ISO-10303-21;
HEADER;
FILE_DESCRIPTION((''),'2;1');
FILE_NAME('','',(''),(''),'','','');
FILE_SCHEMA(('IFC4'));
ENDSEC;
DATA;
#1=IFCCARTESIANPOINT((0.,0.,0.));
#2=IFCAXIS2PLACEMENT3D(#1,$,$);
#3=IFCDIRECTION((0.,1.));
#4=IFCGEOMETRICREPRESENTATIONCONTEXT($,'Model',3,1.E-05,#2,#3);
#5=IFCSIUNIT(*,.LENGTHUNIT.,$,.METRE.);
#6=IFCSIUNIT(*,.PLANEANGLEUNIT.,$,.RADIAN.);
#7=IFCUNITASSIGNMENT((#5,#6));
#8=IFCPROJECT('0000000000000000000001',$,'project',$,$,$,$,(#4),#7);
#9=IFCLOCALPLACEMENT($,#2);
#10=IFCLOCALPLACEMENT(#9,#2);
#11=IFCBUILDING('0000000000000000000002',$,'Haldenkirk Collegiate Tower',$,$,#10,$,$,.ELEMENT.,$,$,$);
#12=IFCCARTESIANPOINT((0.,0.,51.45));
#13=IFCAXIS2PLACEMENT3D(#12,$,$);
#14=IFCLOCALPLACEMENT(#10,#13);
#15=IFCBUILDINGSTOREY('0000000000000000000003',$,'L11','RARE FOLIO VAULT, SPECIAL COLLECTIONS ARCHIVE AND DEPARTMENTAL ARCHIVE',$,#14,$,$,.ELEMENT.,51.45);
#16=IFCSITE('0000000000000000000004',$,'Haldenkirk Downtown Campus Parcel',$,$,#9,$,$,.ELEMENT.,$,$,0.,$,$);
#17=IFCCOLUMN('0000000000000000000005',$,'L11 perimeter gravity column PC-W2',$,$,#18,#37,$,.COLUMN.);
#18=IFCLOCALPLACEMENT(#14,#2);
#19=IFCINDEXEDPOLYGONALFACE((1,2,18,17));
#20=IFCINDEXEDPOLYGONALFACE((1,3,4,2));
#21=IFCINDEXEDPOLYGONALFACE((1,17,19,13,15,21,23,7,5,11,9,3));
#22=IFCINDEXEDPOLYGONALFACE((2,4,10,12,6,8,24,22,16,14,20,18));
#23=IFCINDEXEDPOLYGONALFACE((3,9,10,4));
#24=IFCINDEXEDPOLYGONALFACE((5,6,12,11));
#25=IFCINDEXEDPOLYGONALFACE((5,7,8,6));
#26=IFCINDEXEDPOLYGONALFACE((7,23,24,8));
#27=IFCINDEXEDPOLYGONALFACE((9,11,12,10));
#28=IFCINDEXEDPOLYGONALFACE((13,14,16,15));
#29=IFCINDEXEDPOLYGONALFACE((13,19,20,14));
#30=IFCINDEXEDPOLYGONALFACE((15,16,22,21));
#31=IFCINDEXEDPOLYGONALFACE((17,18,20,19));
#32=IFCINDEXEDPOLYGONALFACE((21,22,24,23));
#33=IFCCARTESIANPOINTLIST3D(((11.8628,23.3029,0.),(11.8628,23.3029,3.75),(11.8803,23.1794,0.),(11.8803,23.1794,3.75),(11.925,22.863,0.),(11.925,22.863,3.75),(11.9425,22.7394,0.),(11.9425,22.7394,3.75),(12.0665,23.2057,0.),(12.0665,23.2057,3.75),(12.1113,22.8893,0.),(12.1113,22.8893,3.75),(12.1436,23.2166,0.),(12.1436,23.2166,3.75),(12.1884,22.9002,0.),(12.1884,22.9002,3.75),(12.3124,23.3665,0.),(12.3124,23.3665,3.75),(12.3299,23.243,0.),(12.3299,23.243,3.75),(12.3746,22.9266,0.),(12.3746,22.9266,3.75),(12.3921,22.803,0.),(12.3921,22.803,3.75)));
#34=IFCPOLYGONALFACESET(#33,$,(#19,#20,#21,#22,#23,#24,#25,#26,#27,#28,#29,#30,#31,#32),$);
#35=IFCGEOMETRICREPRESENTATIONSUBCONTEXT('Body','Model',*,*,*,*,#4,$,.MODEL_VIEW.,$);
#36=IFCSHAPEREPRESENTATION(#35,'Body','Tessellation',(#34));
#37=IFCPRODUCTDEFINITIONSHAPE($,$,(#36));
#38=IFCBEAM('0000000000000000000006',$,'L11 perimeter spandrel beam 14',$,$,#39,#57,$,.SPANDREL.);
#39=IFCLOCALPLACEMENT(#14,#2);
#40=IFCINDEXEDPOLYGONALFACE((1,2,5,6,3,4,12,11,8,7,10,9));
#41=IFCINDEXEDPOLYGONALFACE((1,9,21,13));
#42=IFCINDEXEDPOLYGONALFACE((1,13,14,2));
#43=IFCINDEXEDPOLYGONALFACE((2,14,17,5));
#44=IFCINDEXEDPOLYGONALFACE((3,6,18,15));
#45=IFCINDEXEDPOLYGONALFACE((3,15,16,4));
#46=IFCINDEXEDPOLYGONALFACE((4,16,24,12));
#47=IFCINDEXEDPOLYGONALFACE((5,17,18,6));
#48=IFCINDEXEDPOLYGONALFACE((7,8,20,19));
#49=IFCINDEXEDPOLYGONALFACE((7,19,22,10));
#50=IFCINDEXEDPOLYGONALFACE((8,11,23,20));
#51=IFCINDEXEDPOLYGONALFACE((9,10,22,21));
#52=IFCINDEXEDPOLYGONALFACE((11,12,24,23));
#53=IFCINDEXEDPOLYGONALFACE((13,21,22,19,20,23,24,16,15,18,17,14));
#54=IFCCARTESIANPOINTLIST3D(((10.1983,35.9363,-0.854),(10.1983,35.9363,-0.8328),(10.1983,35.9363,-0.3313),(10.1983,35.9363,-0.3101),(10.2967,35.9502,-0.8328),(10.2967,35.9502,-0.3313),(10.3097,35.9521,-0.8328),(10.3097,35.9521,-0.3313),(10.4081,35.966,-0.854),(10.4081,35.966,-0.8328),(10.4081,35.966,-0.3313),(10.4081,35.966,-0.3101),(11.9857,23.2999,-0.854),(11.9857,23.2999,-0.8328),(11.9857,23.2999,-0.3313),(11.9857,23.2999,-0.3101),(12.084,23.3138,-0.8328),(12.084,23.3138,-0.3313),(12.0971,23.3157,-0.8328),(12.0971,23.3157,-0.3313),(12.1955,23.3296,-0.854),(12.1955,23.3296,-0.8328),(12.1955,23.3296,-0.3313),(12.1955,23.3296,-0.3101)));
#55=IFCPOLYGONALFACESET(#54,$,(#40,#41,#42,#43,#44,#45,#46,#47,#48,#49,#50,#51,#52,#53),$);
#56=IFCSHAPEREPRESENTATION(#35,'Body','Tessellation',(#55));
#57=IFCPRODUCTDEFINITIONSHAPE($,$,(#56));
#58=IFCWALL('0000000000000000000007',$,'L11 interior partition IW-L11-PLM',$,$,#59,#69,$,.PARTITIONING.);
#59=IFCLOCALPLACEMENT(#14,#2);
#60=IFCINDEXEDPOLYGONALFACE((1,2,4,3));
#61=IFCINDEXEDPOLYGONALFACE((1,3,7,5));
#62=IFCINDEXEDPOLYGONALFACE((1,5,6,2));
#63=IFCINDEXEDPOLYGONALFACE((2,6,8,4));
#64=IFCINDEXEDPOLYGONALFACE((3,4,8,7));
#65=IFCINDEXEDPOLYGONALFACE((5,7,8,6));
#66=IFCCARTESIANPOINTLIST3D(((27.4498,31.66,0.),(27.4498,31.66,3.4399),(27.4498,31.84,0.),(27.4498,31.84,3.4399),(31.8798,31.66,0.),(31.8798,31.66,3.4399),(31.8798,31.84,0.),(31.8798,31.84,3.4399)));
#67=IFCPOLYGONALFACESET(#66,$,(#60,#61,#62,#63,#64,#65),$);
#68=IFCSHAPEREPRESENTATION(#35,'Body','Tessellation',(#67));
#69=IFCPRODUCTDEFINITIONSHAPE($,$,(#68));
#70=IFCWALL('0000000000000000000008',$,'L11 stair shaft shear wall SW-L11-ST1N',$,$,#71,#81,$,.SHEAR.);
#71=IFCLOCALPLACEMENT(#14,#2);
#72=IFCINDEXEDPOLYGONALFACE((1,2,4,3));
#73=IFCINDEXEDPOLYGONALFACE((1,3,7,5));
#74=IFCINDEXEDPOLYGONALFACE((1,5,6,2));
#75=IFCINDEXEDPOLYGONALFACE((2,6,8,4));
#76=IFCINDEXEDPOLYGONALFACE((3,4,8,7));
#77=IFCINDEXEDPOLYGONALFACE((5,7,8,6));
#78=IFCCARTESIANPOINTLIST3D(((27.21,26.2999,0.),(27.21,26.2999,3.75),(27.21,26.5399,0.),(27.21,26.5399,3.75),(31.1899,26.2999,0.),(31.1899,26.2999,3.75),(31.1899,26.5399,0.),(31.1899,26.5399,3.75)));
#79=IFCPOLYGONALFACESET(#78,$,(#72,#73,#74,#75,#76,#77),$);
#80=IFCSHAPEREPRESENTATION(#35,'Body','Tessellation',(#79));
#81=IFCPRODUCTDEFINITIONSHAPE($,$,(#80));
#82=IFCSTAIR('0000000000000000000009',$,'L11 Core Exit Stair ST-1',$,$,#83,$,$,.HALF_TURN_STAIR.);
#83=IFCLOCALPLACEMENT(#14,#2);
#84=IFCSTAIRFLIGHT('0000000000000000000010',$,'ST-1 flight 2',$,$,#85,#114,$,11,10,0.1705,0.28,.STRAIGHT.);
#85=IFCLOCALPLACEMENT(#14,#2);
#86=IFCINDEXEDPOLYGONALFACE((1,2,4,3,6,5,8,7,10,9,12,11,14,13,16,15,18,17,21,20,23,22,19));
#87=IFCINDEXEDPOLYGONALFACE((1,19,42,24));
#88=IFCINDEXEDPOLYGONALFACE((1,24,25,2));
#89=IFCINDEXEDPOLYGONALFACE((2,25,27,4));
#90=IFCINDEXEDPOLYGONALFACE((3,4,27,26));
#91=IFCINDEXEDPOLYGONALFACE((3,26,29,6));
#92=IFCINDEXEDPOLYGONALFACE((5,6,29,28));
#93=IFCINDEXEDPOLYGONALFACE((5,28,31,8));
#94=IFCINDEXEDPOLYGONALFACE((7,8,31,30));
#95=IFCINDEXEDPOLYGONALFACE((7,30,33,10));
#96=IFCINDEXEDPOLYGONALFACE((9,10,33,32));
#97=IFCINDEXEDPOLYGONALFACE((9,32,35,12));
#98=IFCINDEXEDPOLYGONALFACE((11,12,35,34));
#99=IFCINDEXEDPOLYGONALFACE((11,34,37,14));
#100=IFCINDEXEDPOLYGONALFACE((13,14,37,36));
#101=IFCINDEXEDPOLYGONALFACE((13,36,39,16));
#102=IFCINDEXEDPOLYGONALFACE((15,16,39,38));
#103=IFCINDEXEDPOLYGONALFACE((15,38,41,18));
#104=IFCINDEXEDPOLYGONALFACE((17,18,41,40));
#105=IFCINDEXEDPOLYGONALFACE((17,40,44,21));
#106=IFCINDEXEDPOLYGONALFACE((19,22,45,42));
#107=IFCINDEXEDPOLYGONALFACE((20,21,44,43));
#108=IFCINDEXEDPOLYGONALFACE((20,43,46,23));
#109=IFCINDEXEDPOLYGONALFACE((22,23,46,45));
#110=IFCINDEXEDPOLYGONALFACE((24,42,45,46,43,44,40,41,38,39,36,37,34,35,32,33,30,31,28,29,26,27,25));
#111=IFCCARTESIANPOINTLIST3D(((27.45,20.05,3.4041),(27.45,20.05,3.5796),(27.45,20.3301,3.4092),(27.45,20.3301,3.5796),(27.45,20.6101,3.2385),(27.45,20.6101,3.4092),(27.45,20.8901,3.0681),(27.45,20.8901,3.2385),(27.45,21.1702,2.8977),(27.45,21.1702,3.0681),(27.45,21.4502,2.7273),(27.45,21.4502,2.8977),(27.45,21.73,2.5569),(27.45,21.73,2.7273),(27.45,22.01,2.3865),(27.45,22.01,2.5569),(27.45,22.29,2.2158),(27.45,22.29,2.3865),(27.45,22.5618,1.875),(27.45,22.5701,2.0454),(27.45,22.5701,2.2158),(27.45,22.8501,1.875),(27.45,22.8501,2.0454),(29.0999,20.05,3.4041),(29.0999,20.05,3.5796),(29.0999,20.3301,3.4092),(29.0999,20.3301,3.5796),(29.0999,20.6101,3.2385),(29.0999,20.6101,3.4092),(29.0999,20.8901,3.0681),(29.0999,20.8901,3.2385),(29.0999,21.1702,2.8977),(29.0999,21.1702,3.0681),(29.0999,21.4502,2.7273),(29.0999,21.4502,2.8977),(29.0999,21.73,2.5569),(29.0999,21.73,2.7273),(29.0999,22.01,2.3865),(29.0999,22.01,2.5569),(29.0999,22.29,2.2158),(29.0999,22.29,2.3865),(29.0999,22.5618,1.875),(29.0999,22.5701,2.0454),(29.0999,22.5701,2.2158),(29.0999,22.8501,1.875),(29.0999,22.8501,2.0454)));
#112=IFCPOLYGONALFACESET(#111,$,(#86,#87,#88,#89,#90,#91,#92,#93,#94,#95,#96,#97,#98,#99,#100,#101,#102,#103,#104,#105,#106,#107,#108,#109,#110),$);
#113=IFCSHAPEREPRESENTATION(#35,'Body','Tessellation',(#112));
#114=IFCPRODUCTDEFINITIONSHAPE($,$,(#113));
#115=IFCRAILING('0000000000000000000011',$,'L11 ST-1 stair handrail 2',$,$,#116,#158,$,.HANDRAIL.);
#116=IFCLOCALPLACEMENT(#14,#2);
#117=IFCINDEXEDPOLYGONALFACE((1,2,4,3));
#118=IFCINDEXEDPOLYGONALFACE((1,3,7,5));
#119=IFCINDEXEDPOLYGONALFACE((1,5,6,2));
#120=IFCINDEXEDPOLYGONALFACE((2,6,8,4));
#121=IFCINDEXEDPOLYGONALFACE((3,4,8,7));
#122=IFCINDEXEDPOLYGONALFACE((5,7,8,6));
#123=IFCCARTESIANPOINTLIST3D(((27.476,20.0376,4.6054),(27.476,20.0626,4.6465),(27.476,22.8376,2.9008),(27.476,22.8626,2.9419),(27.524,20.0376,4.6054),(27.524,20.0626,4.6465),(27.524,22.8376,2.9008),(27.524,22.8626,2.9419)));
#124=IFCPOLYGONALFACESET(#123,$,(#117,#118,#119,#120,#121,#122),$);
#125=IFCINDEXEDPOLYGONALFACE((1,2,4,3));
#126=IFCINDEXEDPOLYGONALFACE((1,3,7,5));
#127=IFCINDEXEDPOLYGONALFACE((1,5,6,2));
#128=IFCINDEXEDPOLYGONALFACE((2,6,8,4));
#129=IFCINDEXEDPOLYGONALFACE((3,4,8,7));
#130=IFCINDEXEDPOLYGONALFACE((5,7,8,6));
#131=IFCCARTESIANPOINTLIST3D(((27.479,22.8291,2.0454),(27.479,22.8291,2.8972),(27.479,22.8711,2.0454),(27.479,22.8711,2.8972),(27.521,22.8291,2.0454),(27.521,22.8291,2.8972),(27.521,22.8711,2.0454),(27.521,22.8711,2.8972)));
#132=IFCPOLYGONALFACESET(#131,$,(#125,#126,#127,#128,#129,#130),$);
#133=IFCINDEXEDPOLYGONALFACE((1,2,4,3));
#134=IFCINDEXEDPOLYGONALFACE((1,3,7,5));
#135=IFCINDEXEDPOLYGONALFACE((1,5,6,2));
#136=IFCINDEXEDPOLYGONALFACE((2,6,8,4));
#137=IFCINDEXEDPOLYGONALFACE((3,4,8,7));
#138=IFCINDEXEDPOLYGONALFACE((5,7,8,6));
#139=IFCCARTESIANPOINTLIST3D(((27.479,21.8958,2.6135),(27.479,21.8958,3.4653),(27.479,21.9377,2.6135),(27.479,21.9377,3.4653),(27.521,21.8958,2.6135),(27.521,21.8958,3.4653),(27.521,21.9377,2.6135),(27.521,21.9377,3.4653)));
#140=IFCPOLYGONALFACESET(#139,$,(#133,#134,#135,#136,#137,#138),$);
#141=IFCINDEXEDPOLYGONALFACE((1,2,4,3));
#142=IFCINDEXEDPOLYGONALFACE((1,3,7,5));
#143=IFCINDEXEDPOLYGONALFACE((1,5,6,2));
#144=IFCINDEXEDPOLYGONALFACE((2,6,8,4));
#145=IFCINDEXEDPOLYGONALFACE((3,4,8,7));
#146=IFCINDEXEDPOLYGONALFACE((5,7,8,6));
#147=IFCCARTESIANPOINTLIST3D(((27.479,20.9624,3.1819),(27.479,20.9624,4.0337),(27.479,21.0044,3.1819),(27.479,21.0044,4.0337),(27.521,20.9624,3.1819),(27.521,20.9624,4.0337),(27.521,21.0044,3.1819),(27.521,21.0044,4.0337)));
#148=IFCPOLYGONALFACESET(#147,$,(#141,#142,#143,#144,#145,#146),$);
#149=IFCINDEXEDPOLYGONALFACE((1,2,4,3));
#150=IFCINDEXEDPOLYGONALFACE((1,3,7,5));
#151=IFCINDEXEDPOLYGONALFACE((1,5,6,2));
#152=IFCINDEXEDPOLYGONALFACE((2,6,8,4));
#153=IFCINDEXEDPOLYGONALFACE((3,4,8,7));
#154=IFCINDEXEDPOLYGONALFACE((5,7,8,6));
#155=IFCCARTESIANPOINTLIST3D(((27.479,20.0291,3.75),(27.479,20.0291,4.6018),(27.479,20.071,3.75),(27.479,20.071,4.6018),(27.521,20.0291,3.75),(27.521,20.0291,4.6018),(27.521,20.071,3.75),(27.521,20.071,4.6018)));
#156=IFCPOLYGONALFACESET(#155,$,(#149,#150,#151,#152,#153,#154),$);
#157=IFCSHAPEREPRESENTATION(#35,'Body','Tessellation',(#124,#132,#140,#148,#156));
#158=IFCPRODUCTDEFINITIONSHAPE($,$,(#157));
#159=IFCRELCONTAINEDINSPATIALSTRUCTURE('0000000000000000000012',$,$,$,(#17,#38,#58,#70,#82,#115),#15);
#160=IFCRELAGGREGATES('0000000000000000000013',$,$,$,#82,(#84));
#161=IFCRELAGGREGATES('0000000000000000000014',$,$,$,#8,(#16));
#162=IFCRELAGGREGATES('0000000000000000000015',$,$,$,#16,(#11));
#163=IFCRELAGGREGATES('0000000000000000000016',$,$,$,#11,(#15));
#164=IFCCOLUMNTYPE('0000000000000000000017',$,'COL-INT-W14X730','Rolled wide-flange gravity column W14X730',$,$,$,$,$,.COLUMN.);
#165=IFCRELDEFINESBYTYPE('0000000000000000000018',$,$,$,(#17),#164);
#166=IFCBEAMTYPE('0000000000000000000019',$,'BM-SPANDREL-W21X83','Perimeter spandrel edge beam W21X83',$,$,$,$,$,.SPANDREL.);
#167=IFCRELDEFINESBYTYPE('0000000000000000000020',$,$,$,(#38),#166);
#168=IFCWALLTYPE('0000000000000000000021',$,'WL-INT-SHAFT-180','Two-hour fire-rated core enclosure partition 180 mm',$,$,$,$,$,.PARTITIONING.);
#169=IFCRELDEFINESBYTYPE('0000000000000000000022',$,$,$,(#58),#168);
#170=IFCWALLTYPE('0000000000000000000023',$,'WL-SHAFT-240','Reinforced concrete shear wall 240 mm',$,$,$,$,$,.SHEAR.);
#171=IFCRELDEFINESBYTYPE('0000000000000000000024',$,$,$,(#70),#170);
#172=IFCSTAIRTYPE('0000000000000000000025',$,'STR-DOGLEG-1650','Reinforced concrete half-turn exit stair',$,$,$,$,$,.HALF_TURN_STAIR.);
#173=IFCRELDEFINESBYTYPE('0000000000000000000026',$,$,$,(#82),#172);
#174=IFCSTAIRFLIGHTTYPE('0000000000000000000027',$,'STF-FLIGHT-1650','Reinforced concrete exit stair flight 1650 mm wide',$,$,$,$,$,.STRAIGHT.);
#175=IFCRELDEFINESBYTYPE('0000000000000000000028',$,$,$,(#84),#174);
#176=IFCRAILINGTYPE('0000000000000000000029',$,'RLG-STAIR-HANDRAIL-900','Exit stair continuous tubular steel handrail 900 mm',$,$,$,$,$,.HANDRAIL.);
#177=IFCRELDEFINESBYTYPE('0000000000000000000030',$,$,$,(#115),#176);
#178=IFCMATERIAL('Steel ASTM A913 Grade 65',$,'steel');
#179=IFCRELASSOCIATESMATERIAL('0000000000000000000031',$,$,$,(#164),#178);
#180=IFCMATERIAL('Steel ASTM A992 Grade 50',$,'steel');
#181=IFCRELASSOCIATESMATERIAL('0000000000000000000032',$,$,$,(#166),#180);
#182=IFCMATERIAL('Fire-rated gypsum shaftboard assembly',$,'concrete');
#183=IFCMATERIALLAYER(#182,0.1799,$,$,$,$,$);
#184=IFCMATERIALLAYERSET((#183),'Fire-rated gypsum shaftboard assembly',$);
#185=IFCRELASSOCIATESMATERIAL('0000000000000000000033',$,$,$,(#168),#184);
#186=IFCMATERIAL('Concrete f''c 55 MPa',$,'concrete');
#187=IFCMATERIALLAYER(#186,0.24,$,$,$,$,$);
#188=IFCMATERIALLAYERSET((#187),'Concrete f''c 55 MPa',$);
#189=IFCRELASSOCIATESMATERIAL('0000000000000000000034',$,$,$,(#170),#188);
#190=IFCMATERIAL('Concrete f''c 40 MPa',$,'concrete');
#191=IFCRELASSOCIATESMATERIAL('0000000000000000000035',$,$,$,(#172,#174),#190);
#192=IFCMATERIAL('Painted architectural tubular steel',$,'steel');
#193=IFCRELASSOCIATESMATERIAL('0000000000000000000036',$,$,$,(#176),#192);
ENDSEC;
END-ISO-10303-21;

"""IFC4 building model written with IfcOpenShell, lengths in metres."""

from ifc_helpers import new_model, si_unit, direction, frame, frame_2d, origin, origin_2d, place, context, subcontext, project, spatial, polyline, rectangle, i_section, outline, extrude, material, layer, layer_set, material_profile, profile_set, type_object, element, aggregate, save


model = new_model("IFC4")

# Units and contexts
model_context = context("Model", 3, precision=1e-05, world=origin(), true_north=direction((0.0, 1.0)))
body_context = subcontext(model_context, "Body", "Model", "MODEL_VIEW")
ifc_project = project(units=[si_unit("LENGTHUNIT", "METRE"), si_unit("PLANEANGLEUNIT", "RADIAN")], contexts=[model_context])

# Site, building, storey
site_placement = place(None, origin())
site = spatial("IfcSite", under=ifc_project, at=site_placement, Name="Haldenkirk Downtown Campus Parcel", CompositionType="ELEMENT", RefElevation=0.0)
building_placement = place(site_placement, origin())
building = spatial("IfcBuilding", under=site, at=building_placement, Name="Haldenkirk Collegiate Tower", CompositionType="ELEMENT")
storey_placement = place(building_placement, frame((0.0, 0.0, 51.45)))
storey = spatial("IfcBuildingStorey", under=building, at=storey_placement, Name="L11", Description="RARE FOLIO VAULT, SPECIAL COLLECTIONS ARCHIVE AND DEPARTMENTAL ARCHIVE", CompositionType="ELEMENT", Elevation=51.45)

# Column
ifc_material_1 = material(Name="Steel ASTM A913 Grade 65", Category="steel")
ifc_material_profile_1 = material_profile(ifc_material_1, i_section(OverallWidth=0.4541, OverallDepth=0.5691, WebThickness=0.0779, FlangeThickness=0.1248, at=origin_2d()), Name="W14X730")
ifc_profile_set_1 = profile_set([ifc_material_profile_1], Name="Steel ASTM A913 Grade 65")
column_type = type_object("IfcColumnType", Name="COL-INT-W14X730", Description="Rolled wide-flange gravity column W14X730", PredefinedType="COLUMN", material=ifc_profile_set_1)
column_placement = place(storey_placement, frame((12.1274, 23.053, 0.0), z_axis=(0.0, 0.0, 1.0), x_axis=(0.990146, 0.140037, 0.0)))
element("IfcColumn", 1, at=column_placement, inside=storey, type_object=column_type, Name="L11 perimeter gravity column PC-W2", PredefinedType="COLUMN", context=body_context, shape_type="SweptSolid", body=[
    extrude(i_section(OverallWidth=0.4541, OverallDepth=0.5691, WebThickness=0.0779, FlangeThickness=0.1248, at=origin_2d()), origin(), (0.0, 0.0, 1.0), 3.75),
])

# Beam
ifc_material_2 = material(Name="Steel ASTM A992 Grade 50", Category="steel")
ifc_material_profile_2 = material_profile(ifc_material_2, i_section(OverallWidth=0.2119, OverallDepth=0.5439, WebThickness=0.0132, FlangeThickness=0.0212, at=origin_2d()), Name="W21X83")
ifc_profile_set_2 = profile_set([ifc_material_profile_2], Name="Steel ASTM A992 Grade 50")
beam_type = type_object("IfcBeamType", Name="BM-SPANDREL-W21X83", Description="Perimeter spandrel edge beam W21X83", PredefinedType="SPANDREL", material=ifc_profile_set_2)
beam_placement = place(storey_placement, frame((10.3032, 35.9512, -0.582), z_axis=(0.14005, -0.990144, 0.0), x_axis=(0.990144, 0.14005, 0.0)))
element("IfcBeam", 2, at=beam_placement, inside=storey, type_object=beam_type, Name="L11 perimeter spandrel beam 14", PredefinedType="SPANDREL", context=body_context, shape_type="SweptSolid", body=[
    extrude(i_section(OverallWidth=0.2119, OverallDepth=0.5439, WebThickness=0.0132, FlangeThickness=0.0212, at=origin_2d()), origin(), (0.0, 0.0, 1.0), 12.7622),
])

# Shared definitions
ifc_material_3 = material(Name="Fire-rated gypsum shaftboard assembly", Category="concrete")
ifc_layer_1 = layer(ifc_material_3, 0.1799)
ifc_layer_set_1 = layer_set([ifc_layer_1], Name="Fire-rated gypsum shaftboard assembly")
wall_type_1 = type_object("IfcWallType", Name="WL-INT-SHAFT-180", Description="Two-hour fire-rated core enclosure partition 180 mm", PredefinedType="PARTITIONING", material=ifc_layer_set_1)

# Walls
wall_1_placement = place(storey_placement, frame((27.45, 31.75, 0.0), z_axis=(0.0, 0.0, 1.0), x_axis=(1.0, 0.0, 0.0)))
element("IfcWall", 3, at=wall_1_placement, inside=storey, type_object=wall_type_1, Name="L11 interior partition IW-L11-PLM", PredefinedType="PARTITIONING", context=body_context, shape_type="SweptSolid", body=[
    extrude(rectangle(XDim=4.4299, YDim=0.1799, at=frame_2d((2.2148, 0.0))), origin(), (0.0, 0.0, 1.0), 3.4399),
])
ifc_material_4 = material(Name="Concrete f'c 55 MPa", Category="concrete")
ifc_layer_2 = layer(ifc_material_4, 0.24)
ifc_layer_set_2 = layer_set([ifc_layer_2], Name="Concrete f'c 55 MPa")
wall_type_2 = type_object("IfcWallType", Name="WL-SHAFT-240", Description="Reinforced concrete shear wall 240 mm", PredefinedType="SHEAR", material=ifc_layer_set_2)
wall_2_placement = place(storey_placement, frame((27.21, 26.4199, 0.0), z_axis=(0.0, 0.0, 1.0), x_axis=(1.0, 0.0, 0.0)))
element("IfcWall", 4, at=wall_2_placement, inside=storey, type_object=wall_type_2, Name="L11 stair shaft shear wall SW-L11-ST1N", PredefinedType="SHEAR", context=body_context, shape_type="SweptSolid", body=[
    extrude(rectangle(XDim=3.98, YDim=0.24, at=frame_2d((1.99, 0.0))), origin(), (0.0, 0.0, 1.0), 3.75),
])

# Stair, stair flight
ifc_material_5 = material(Name="Concrete f'c 40 MPa", Category="concrete")
stair_type = type_object("IfcStairType", Name="STR-DOGLEG-1650", Description="Reinforced concrete half-turn exit stair", PredefinedType="HALF_TURN_STAIR", material=ifc_material_5)
stair_placement = place(storey_placement, origin())
stair = element("IfcStair", 5, at=stair_placement, inside=storey, type_object=stair_type, Name="L11 Core Exit Stair ST-1", PredefinedType="HALF_TURN_STAIR")
stair_flight_type = type_object("IfcStairFlightType", Name="STF-FLIGHT-1650", Description="Reinforced concrete exit stair flight 1650 mm wide", PredefinedType="STRAIGHT", material=ifc_material_5)
stair_flight_placement = place(storey_placement, frame((28.2749, 22.8501, 1.875), z_axis=(0.0, 0.0, 1.0), x_axis=(0.0, -1.0, 0.0)))
stair_flight = element("IfcStairFlight", 6, at=stair_flight_placement, type_object=stair_flight_type, Name="ST-1 flight 2", NumberOfRisers=11, NumberOfTreads=10, PredefinedType="STRAIGHT", RiserHeight=0.1705, TreadLength=0.28, context=body_context, shape_type="SweptSolid", body=[
    extrude(outline(polyline([(0.0, 0.0), (0.0, 0.1704), (0.28, 0.1704), (0.28, 0.3408), (0.5601, 0.3408), (0.5601, 0.5115), (0.8401, 0.5115), (0.8401, 0.6819), (1.1201, 0.6819), (1.1201, 0.8523), (1.3999, 0.8523), (1.3999, 1.0227), (1.6799, 1.0227), (1.6799, 1.1931), (1.96, 1.1931), (1.96, 1.3635), (2.24, 1.3635), (2.24, 1.5342), (2.52, 1.5342), (2.52, 1.7046), (2.8, 1.7046), (2.8, 1.875), (2.8, 1.5291), (0.2883, 0.0), (0.0, 0.0)])), frame((0.0, 0.825, 0.0), z_axis=(0.0, -1.0, 0.0), x_axis=(1.0, 0.0, 0.0)), (0.0, 0.0, 1.0), 1.6499),
])
aggregate(stair, [stair_flight])

# Railing
ifc_material_6 = material(Name="Painted architectural tubular steel", Category="steel")
railing_type = type_object("IfcRailingType", Name="RLG-STAIR-HANDRAIL-900", Description="Exit stair continuous tubular steel handrail 900 mm", PredefinedType="HANDRAIL", material=ifc_material_6)
railing_placement = place(storey_placement, frame((27.5, 22.8501, 2.0454)))
element("IfcRailing", 7, at=railing_placement, inside=storey, type_object=railing_type, Name="L11 ST-1 stair handrail 2", PredefinedType="HANDRAIL", context=body_context, shape_type="SweptSolid", body=[
    extrude(rectangle(XDim=0.0481, YDim=0.0481, at=origin_2d()), frame((0.0, 0.0, 0.876), z_axis=(0.0, -0.85417, 0.519994), x_axis=(1.0, 0.0, 0.0)), (0.0, 0.0, 1.0), 3.2781),
    extrude(rectangle(XDim=0.042, YDim=0.042, at=origin_2d()), origin(), (0.0, 0.0, 1.0), 0.8518),
    extrude(rectangle(XDim=0.042, YDim=0.042, at=origin_2d()), frame((0.0, -0.9333, 0.5681)), (0.0, 0.0, 1.0), 0.8518),
    extrude(rectangle(XDim=0.042, YDim=0.042, at=origin_2d()), frame((0.0, -1.8667, 1.1365)), (0.0, 0.0, 1.0), 0.8518),
    extrude(rectangle(XDim=0.042, YDim=0.042, at=origin_2d()), frame((0.0, -2.8, 1.7046)), (0.0, 0.0, 1.0), 0.8518),
])

save(model, "model.ifc")
